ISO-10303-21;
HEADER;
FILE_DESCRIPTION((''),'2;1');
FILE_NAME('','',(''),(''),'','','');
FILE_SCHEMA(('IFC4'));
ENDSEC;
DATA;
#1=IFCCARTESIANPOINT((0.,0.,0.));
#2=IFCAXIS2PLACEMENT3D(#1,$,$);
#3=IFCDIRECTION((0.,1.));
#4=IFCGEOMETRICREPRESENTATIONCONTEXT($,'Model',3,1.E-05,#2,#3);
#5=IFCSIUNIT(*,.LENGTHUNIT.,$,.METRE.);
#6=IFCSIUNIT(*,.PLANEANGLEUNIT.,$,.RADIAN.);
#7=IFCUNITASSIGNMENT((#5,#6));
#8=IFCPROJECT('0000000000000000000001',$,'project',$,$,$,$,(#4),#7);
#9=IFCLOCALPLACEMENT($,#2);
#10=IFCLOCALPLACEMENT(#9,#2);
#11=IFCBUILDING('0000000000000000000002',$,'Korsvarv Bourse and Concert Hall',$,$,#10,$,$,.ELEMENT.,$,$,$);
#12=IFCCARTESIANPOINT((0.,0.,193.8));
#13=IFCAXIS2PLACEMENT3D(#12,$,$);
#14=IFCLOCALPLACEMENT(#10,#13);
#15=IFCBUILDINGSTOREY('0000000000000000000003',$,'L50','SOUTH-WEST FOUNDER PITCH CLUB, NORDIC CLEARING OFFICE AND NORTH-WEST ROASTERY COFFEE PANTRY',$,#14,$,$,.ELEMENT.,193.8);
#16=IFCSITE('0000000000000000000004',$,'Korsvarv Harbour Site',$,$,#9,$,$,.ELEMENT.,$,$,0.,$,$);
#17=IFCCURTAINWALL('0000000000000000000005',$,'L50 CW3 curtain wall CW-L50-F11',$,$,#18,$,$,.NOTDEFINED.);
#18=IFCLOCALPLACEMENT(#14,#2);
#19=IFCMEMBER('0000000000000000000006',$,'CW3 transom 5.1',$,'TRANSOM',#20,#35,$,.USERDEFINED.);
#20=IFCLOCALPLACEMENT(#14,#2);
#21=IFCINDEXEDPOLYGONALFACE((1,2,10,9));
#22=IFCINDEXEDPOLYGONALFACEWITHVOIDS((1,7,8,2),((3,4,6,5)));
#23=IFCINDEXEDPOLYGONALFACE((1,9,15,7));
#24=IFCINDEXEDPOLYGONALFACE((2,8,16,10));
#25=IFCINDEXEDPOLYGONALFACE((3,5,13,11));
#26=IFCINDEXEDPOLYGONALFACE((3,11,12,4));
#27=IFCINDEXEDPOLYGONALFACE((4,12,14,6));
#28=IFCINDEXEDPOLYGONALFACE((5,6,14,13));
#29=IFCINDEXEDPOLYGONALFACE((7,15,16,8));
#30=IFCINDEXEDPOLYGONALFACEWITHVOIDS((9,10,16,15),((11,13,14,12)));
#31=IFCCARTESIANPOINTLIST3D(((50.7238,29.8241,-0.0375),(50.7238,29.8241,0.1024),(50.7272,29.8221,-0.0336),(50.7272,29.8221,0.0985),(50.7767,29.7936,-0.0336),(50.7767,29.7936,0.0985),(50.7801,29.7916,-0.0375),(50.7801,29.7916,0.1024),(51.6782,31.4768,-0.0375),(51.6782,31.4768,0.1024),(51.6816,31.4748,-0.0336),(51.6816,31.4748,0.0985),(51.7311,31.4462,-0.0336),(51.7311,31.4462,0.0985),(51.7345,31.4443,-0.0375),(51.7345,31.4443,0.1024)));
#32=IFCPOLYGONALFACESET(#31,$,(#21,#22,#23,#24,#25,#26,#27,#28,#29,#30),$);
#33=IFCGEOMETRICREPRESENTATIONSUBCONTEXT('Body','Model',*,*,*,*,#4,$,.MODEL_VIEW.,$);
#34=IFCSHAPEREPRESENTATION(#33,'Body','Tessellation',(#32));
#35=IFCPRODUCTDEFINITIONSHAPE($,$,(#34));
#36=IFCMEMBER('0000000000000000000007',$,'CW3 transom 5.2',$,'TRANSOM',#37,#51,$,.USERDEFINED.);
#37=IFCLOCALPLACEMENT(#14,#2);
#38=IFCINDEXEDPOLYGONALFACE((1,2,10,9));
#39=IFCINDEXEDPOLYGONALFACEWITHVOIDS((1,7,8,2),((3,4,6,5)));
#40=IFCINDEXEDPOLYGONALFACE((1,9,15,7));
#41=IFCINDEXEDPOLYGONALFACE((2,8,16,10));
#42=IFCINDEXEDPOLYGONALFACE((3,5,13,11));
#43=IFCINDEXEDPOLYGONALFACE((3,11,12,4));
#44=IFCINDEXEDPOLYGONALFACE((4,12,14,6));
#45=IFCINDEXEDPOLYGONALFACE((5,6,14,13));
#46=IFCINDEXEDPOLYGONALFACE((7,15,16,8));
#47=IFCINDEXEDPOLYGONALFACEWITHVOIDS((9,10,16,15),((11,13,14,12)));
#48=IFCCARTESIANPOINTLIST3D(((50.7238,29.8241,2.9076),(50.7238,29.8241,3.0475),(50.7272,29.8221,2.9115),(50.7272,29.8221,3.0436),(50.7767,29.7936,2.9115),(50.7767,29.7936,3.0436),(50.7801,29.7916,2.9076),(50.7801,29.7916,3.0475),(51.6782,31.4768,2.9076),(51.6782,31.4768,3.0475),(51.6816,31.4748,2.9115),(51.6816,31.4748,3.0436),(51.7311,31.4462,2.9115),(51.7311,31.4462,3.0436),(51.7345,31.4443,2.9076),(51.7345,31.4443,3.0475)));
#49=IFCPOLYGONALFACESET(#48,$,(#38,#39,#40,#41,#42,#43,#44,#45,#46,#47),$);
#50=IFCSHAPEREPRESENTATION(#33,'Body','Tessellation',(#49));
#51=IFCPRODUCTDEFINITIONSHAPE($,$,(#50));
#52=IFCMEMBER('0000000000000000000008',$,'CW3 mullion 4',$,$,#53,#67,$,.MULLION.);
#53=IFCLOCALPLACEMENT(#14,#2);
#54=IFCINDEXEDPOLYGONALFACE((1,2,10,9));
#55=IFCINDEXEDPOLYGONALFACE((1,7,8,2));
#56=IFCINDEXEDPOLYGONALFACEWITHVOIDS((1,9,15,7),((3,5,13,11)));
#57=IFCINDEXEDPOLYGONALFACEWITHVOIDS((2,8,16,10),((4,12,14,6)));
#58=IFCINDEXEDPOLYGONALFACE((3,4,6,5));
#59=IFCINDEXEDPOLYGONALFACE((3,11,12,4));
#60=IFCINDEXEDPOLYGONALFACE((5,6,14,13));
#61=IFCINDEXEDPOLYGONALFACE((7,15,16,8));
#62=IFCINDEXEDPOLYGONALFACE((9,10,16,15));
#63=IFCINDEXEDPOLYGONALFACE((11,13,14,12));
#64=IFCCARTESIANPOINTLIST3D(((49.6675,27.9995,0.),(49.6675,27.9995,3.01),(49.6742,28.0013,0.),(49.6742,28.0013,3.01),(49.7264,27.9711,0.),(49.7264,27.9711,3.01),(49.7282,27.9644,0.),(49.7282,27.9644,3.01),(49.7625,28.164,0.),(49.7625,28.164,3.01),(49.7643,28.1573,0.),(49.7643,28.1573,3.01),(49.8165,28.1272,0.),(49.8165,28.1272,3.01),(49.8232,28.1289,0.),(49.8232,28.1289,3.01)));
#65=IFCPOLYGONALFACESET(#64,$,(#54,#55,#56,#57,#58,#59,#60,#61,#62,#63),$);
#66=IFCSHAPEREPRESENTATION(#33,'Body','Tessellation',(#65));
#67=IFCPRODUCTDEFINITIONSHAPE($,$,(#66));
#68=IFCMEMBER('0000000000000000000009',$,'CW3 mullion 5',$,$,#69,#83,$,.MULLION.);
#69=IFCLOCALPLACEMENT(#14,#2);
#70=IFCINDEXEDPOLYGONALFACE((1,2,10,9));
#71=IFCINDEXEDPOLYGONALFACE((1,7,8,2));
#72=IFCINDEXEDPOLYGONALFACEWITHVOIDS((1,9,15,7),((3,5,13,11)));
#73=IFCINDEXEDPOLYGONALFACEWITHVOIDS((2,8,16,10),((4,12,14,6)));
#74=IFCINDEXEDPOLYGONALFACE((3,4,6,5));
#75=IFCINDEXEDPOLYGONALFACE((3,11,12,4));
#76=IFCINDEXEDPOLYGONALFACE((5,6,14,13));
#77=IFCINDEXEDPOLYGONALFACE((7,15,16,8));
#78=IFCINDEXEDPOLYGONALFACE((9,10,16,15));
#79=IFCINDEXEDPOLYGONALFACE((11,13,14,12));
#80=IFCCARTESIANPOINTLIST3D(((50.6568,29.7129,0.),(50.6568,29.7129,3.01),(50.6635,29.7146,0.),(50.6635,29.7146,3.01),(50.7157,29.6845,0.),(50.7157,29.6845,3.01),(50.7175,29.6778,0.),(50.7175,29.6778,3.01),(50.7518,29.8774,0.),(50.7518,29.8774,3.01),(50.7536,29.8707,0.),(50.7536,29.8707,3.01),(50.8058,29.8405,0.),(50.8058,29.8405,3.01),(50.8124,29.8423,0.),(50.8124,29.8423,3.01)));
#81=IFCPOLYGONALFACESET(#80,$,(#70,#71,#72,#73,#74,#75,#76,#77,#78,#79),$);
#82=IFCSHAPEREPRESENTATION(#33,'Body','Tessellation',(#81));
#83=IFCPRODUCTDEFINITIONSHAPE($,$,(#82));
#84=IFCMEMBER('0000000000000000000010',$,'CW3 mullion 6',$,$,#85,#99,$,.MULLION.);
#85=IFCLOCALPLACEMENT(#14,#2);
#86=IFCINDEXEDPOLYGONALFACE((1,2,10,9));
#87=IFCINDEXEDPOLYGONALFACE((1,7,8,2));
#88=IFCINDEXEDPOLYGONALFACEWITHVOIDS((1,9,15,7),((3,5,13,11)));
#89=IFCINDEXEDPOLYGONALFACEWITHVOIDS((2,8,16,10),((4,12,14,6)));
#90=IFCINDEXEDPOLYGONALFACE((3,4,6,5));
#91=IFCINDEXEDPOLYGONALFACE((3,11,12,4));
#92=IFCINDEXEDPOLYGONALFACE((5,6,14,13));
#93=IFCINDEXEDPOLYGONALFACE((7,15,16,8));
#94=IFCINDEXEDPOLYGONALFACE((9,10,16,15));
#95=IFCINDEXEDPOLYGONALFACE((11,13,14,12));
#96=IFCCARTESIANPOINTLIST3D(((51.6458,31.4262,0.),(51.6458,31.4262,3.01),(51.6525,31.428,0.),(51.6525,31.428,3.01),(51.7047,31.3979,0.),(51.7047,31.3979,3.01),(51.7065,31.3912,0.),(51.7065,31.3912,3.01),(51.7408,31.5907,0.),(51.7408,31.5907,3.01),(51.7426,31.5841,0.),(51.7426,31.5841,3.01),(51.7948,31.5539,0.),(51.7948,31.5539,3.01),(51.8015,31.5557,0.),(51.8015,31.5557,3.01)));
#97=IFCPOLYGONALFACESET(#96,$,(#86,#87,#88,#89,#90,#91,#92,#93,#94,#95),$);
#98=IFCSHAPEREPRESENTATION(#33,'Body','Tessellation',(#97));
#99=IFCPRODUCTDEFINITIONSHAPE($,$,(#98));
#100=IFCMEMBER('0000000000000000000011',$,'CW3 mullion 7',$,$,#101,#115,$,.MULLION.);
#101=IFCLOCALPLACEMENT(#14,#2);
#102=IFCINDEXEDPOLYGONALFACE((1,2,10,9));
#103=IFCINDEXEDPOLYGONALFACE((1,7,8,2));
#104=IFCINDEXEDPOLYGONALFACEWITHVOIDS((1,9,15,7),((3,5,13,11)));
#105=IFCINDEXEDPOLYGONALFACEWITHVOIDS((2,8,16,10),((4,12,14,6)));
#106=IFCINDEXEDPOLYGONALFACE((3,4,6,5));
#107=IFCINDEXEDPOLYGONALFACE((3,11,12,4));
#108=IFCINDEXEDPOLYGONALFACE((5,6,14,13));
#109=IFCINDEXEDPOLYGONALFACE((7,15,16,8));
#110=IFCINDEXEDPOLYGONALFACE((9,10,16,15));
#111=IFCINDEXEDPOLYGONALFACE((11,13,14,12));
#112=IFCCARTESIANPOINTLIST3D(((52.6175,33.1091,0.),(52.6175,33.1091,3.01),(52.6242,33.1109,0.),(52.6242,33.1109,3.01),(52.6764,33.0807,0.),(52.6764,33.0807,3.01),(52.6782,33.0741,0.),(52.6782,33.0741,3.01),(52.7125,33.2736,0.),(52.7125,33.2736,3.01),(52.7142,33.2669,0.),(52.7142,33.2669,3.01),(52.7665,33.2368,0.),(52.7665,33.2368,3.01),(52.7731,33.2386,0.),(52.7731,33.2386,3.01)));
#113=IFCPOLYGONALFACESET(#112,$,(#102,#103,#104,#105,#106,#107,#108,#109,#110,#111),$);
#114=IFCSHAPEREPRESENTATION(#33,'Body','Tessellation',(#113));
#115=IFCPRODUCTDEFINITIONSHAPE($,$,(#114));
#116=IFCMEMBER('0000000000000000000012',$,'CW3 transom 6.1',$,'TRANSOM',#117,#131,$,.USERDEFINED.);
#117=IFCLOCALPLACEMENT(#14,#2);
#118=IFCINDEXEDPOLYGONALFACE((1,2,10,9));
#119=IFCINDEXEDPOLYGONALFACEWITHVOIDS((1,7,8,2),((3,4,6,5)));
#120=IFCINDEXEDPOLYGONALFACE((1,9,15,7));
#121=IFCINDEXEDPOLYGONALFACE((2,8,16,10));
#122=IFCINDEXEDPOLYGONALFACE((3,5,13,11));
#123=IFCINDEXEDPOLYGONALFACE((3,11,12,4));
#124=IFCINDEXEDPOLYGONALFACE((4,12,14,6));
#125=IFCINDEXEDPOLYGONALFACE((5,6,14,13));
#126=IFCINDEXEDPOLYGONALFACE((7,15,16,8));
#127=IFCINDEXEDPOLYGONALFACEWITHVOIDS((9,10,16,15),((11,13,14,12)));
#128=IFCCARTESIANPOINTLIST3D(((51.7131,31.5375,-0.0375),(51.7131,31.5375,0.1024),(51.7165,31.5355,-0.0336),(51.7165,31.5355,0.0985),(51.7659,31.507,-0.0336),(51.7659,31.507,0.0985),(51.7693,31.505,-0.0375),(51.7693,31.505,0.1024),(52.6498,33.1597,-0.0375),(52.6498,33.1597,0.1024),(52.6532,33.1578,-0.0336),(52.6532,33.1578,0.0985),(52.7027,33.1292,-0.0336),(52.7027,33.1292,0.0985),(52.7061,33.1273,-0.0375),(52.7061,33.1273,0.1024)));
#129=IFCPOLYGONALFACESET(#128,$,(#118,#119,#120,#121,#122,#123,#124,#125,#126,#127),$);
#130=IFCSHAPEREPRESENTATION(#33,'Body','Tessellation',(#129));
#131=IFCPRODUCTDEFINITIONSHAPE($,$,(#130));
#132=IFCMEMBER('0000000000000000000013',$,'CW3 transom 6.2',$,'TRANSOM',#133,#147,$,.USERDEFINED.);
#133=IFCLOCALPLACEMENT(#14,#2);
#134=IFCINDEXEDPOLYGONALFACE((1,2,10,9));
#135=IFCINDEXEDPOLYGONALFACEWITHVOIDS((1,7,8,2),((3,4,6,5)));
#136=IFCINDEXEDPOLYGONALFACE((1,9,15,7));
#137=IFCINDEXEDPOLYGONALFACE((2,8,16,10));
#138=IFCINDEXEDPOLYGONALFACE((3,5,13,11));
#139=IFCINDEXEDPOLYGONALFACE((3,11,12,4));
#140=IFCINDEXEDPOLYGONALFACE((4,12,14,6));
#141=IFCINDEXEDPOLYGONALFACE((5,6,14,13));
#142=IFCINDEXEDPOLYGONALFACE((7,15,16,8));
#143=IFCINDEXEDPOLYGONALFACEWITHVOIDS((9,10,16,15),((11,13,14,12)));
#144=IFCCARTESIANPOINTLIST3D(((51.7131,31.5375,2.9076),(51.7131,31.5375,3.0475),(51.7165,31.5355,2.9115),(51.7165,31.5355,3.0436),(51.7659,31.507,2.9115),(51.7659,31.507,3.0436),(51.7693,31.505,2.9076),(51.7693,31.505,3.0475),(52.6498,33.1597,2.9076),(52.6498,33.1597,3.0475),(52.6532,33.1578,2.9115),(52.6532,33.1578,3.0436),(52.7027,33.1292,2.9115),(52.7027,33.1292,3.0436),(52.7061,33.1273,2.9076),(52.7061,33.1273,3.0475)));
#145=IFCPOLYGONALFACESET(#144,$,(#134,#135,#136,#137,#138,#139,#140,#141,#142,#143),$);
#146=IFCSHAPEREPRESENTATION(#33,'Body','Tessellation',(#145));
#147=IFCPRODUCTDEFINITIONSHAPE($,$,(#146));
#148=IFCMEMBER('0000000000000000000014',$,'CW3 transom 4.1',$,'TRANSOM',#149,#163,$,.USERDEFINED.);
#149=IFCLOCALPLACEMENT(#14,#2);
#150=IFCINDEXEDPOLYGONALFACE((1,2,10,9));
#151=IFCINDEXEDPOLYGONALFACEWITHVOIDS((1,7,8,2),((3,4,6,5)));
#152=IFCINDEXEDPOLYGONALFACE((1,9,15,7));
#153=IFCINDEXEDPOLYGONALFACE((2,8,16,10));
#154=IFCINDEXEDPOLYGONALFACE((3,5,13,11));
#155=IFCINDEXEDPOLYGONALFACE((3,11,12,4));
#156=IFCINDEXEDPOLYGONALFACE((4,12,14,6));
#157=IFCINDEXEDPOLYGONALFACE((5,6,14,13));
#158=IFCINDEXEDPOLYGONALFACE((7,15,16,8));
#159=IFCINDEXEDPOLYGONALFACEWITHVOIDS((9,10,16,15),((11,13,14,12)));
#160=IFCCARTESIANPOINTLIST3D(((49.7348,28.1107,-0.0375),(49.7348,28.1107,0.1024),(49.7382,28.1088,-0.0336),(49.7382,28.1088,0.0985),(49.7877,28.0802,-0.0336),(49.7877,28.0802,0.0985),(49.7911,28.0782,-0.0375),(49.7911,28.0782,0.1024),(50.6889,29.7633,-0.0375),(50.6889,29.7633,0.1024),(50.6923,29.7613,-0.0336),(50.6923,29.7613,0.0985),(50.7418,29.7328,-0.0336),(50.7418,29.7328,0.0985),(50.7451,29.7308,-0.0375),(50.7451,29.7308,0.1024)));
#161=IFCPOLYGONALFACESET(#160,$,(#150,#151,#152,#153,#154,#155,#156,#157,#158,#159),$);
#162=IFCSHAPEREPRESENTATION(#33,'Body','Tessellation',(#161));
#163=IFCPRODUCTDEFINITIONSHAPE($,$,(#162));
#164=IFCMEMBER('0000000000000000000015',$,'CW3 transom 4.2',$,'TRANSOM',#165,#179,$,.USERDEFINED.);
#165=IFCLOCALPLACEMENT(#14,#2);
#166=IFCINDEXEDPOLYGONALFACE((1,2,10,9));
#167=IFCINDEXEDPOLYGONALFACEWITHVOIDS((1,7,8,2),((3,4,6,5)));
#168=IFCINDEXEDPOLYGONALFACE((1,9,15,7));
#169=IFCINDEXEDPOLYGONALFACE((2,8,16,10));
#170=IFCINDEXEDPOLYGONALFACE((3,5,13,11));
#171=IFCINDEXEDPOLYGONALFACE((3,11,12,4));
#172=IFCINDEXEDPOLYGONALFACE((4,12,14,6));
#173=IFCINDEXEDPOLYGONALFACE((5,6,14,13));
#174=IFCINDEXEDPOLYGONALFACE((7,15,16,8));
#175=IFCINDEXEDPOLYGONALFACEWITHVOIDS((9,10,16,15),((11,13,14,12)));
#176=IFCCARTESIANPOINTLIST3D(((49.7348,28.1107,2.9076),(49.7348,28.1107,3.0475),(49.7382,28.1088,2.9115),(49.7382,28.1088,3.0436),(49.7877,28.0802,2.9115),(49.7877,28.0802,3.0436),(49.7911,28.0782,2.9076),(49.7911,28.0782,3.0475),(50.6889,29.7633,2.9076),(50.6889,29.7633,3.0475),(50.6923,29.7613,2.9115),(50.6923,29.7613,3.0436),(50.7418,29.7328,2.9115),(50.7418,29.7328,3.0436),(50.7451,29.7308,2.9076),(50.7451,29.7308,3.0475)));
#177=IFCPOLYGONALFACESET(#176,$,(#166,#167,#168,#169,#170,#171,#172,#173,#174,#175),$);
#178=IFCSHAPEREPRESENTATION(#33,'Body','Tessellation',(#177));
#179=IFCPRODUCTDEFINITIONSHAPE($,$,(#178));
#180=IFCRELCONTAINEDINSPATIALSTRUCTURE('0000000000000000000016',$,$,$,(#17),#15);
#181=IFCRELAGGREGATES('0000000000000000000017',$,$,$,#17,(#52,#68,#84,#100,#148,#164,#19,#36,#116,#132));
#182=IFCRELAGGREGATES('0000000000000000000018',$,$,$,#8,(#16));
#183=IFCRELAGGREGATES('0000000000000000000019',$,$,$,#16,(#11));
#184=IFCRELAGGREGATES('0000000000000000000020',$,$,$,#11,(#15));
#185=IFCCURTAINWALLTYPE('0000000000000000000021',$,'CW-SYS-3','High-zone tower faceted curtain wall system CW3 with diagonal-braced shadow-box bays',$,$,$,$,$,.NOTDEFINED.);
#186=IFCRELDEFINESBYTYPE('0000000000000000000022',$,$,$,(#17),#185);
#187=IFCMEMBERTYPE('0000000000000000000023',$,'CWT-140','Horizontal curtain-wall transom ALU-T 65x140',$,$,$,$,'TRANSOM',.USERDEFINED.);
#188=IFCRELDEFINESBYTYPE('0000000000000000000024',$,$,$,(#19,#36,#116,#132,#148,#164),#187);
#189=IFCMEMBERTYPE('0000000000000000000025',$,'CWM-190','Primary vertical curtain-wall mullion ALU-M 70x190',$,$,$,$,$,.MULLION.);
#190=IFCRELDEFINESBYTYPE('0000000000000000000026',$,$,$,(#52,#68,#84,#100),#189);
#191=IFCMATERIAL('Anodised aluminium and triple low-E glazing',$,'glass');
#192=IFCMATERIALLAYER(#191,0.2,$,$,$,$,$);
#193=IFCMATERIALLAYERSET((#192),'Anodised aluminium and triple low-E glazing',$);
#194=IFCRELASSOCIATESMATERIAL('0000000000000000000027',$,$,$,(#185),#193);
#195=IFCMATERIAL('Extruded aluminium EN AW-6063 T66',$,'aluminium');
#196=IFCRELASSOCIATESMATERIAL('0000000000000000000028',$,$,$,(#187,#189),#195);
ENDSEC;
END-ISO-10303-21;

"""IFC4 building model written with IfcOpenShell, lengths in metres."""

from ifc_helpers import new_model, si_unit, direction, frame, origin, origin_2d, place, context, subcontext, project, spatial, hollow_rectangle, extrude, source, transform, mapped, material, layer, layer_set, material_profile, profile_set, type_object, element, aggregate, save


model = new_model("IFC4")

# Units and contexts
model_context = context("Model", 3, precision=1e-05, world=origin(), true_north=direction((0.0, 1.0)))
body_context = subcontext(model_context, "Body", "Model", "MODEL_VIEW")
ifc_project = project(units=[si_unit("LENGTHUNIT", "METRE"), si_unit("PLANEANGLEUNIT", "RADIAN")], contexts=[model_context])

# Site, building, storey
site_placement = place(None, origin())
site = spatial("IfcSite", under=ifc_project, at=site_placement, Name="Korsvarv Harbour Site", CompositionType="ELEMENT", RefElevation=0.0)
building_placement = place(site_placement, origin())
building = spatial("IfcBuilding", under=site, at=building_placement, Name="Korsvarv Bourse and Concert Hall", CompositionType="ELEMENT")
storey_placement = place(building_placement, frame((0.0, 0.0, 193.8)))
storey = spatial("IfcBuildingStorey", under=building, at=storey_placement, Name="L50", Description="SOUTH-WEST FOUNDER PITCH CLUB, NORDIC CLEARING OFFICE AND NORTH-WEST ROASTERY COFFEE PANTRY", CompositionType="ELEMENT", Elevation=193.8)

# Curtain wall, members
ifc_material_1 = material(Name="Anodised aluminium and triple low-E glazing", Category="glass")
ifc_layer_1 = layer(ifc_material_1, 0.2)
ifc_layer_set_1 = layer_set([ifc_layer_1], Name="Anodised aluminium and triple low-E glazing")
curtain_wall_type = type_object("IfcCurtainWallType", Name="CW-SYS-3", Description="High-zone tower faceted curtain wall system CW3 with diagonal-braced shadow-box bays", PredefinedType="NOTDEFINED", material=ifc_layer_set_1)
curtain_wall_placement = place(storey_placement, origin())
curtain_wall = element("IfcCurtainWall", 1, at=curtain_wall_placement, inside=storey, type_object=curtain_wall_type, Name="L50 CW3 curtain wall CW-L50-F11", PredefinedType="NOTDEFINED")
ifc_material_2 = material(Name="Extruded aluminium EN AW-6063 T66", Category="aluminium")
ifc_material_profile_1 = material_profile(ifc_material_2, hollow_rectangle(XDim=0.0649, YDim=0.1399, WallThickness=0.0039, at=origin_2d()), Name="ALU-T 65x140")
ifc_profile_set_1 = profile_set([ifc_material_profile_1], Name="Extruded aluminium EN AW-6063 T66")
member_type_1 = type_object("IfcMemberType", Name="CWT-140", Description="Horizontal curtain-wall transom ALU-T 65x140", ElementType="TRANSOM", PredefinedType="USERDEFINED", material=ifc_profile_set_1)
shared_shape_1 = source(origin(), body_context, "Body", "SweptSolid", [
    extrude(hollow_rectangle(XDim=0.0649, YDim=0.1399, WallThickness=0.0039, at=origin_2d()), origin(), (0.0, 0.0, 1.0), 1.9084),
])
member_1_placement = place(storey_placement, frame((50.752, 29.8079, 0.0325), z_axis=(0.500088, 0.865975, 0.0), x_axis=(-0.865975, 0.500088, 0.0)))
member_1 = element("IfcMember", 2, at=member_1_placement, type_object=member_type_1, Name="CW3 transom 5.1", ObjectType="TRANSOM", PredefinedType="USERDEFINED", context=body_context, shape_type="MappedRepresentation", body=[
    mapped(shared_shape_1, transform((0.0, 0.0, 0.0), scale=1.0)),
])
member_2_placement = place(storey_placement, frame((50.752, 29.8079, 2.9775), z_axis=(0.500088, 0.865975, 0.0), x_axis=(-0.865975, 0.500088, 0.0)))
member_2 = element("IfcMember", 3, at=member_2_placement, type_object=member_type_1, Name="CW3 transom 5.2", ObjectType="TRANSOM", PredefinedType="USERDEFINED", context=body_context, shape_type="MappedRepresentation", body=[
    mapped(shared_shape_1, transform((0.0, 0.0, 0.0), scale=1.0)),
])
ifc_material_profile_2 = material_profile(ifc_material_2, hollow_rectangle(XDim=0.0701, YDim=0.1899, WallThickness=0.0049, at=origin_2d()), Name="ALU-M 70x190")
ifc_profile_set_2 = profile_set([ifc_material_profile_2], Name="Extruded aluminium EN AW-6063 T66")
member_type_2 = type_object("IfcMemberType", Name="CWM-190", Description="Primary vertical curtain-wall mullion ALU-M 70x190", PredefinedType="MULLION", material=ifc_profile_set_2)
shared_shape_2 = source(origin(), body_context, "Body", "SweptSolid", [
    extrude(hollow_rectangle(XDim=0.0701, YDim=0.1899, WallThickness=0.0049, at=origin_2d()), origin(), (0.0, 0.0, 1.0), 3.01),
])
member_3_placement = place(storey_placement, frame((49.7454, 28.0642, 0.0), z_axis=(0.0, 0.0, 1.0), x_axis=(-0.86603, 0.499993, 0.0)))
member_3 = element("IfcMember", 4, at=member_3_placement, type_object=member_type_2, Name="CW3 mullion 4", PredefinedType="MULLION", context=body_context, shape_type="MappedRepresentation", body=[
    mapped(shared_shape_2, transform((0.0, 0.0, 0.0), scale=1.0)),
])
member_4_placement = place(storey_placement, frame((50.7346, 29.7776, 0.0), z_axis=(0.0, 0.0, 1.0), x_axis=(-0.86603, 0.499993, 0.0)))
member_4 = element("IfcMember", 5, at=member_4_placement, type_object=member_type_2, Name="CW3 mullion 5", PredefinedType="MULLION", context=body_context, shape_type="MappedRepresentation", body=[
    mapped(shared_shape_2, transform((0.0, 0.0, 0.0), scale=1.0)),
])
member_5_placement = place(storey_placement, frame((51.7236, 31.491, 0.0), z_axis=(0.0, 0.0, 1.0), x_axis=(-0.86603, 0.499993, 0.0)))
member_5 = element("IfcMember", 6, at=member_5_placement, type_object=member_type_2, Name="CW3 mullion 6", PredefinedType="MULLION", context=body_context, shape_type="MappedRepresentation", body=[
    mapped(shared_shape_2, transform((0.0, 0.0, 0.0), scale=1.0)),
])
member_6_placement = place(storey_placement, frame((52.6953, 33.1738, 0.0), z_axis=(0.0, 0.0, 1.0), x_axis=(-0.86603, 0.499993, 0.0)))
member_6 = element("IfcMember", 7, at=member_6_placement, type_object=member_type_2, Name="CW3 mullion 7", PredefinedType="MULLION", context=body_context, shape_type="MappedRepresentation", body=[
    mapped(shared_shape_2, transform((0.0, 0.0, 0.0), scale=1.0)),
])
shared_shape_3 = source(origin(), body_context, "Body", "SweptSolid", [
    extrude(hollow_rectangle(XDim=0.0649, YDim=0.1399, WallThickness=0.0039, at=origin_2d()), origin(), (0.0, 0.0, 1.0), 1.8733),
])
member_7_placement = place(storey_placement, frame((51.7412, 31.5212, 0.0325), z_axis=(0.50005, 0.865997, 0.0), x_axis=(-0.865997, 0.50005, 0.0)))
member_7 = element("IfcMember", 8, at=member_7_placement, type_object=member_type_1, Name="CW3 transom 6.1", ObjectType="TRANSOM", PredefinedType="USERDEFINED", context=body_context, shape_type="MappedRepresentation", body=[
    mapped(shared_shape_3, transform((0.0, 0.0, 0.0), scale=1.0)),
])
member_8_placement = place(storey_placement, frame((51.7412, 31.5212, 2.9775), z_axis=(0.50005, 0.865997, 0.0), x_axis=(-0.865997, 0.50005, 0.0)))
member_8 = element("IfcMember", 9, at=member_8_placement, type_object=member_type_1, Name="CW3 transom 6.2", ObjectType="TRANSOM", PredefinedType="USERDEFINED", context=body_context, shape_type="MappedRepresentation", body=[
    mapped(shared_shape_3, transform((0.0, 0.0, 0.0), scale=1.0)),
])
shared_shape_4 = source(origin(), body_context, "Body", "SweptSolid", [
    extrude(hollow_rectangle(XDim=0.0649, YDim=0.1399, WallThickness=0.0039, at=origin_2d()), origin(), (0.0, 0.0, 1.0), 1.9082),
])
member_9_placement = place(storey_placement, frame((49.7629, 28.0945, 0.0325), z_axis=(0.499992, 0.86603, 0.0), x_axis=(-0.86603, 0.499992, 0.0)))
member_9 = element("IfcMember", 10, at=member_9_placement, type_object=member_type_1, Name="CW3 transom 4.1", ObjectType="TRANSOM", PredefinedType="USERDEFINED", context=body_context, shape_type="MappedRepresentation", body=[
    mapped(shared_shape_4, transform((0.0, 0.0, 0.0), scale=1.0)),
])
member_10_placement = place(storey_placement, frame((49.7629, 28.0945, 2.9775), z_axis=(0.499992, 0.86603, 0.0), x_axis=(-0.86603, 0.499992, 0.0)))
member_10 = element("IfcMember", 11, at=member_10_placement, type_object=member_type_1, Name="CW3 transom 4.2", ObjectType="TRANSOM", PredefinedType="USERDEFINED", context=body_context, shape_type="MappedRepresentation", body=[
    mapped(shared_shape_4, transform((0.0, 0.0, 0.0), scale=1.0)),
])
aggregate(curtain_wall, [member_3, member_4, member_5, member_6, member_9, member_10, member_1, member_2, member_7, member_8])

save(model, "model.ifc")
